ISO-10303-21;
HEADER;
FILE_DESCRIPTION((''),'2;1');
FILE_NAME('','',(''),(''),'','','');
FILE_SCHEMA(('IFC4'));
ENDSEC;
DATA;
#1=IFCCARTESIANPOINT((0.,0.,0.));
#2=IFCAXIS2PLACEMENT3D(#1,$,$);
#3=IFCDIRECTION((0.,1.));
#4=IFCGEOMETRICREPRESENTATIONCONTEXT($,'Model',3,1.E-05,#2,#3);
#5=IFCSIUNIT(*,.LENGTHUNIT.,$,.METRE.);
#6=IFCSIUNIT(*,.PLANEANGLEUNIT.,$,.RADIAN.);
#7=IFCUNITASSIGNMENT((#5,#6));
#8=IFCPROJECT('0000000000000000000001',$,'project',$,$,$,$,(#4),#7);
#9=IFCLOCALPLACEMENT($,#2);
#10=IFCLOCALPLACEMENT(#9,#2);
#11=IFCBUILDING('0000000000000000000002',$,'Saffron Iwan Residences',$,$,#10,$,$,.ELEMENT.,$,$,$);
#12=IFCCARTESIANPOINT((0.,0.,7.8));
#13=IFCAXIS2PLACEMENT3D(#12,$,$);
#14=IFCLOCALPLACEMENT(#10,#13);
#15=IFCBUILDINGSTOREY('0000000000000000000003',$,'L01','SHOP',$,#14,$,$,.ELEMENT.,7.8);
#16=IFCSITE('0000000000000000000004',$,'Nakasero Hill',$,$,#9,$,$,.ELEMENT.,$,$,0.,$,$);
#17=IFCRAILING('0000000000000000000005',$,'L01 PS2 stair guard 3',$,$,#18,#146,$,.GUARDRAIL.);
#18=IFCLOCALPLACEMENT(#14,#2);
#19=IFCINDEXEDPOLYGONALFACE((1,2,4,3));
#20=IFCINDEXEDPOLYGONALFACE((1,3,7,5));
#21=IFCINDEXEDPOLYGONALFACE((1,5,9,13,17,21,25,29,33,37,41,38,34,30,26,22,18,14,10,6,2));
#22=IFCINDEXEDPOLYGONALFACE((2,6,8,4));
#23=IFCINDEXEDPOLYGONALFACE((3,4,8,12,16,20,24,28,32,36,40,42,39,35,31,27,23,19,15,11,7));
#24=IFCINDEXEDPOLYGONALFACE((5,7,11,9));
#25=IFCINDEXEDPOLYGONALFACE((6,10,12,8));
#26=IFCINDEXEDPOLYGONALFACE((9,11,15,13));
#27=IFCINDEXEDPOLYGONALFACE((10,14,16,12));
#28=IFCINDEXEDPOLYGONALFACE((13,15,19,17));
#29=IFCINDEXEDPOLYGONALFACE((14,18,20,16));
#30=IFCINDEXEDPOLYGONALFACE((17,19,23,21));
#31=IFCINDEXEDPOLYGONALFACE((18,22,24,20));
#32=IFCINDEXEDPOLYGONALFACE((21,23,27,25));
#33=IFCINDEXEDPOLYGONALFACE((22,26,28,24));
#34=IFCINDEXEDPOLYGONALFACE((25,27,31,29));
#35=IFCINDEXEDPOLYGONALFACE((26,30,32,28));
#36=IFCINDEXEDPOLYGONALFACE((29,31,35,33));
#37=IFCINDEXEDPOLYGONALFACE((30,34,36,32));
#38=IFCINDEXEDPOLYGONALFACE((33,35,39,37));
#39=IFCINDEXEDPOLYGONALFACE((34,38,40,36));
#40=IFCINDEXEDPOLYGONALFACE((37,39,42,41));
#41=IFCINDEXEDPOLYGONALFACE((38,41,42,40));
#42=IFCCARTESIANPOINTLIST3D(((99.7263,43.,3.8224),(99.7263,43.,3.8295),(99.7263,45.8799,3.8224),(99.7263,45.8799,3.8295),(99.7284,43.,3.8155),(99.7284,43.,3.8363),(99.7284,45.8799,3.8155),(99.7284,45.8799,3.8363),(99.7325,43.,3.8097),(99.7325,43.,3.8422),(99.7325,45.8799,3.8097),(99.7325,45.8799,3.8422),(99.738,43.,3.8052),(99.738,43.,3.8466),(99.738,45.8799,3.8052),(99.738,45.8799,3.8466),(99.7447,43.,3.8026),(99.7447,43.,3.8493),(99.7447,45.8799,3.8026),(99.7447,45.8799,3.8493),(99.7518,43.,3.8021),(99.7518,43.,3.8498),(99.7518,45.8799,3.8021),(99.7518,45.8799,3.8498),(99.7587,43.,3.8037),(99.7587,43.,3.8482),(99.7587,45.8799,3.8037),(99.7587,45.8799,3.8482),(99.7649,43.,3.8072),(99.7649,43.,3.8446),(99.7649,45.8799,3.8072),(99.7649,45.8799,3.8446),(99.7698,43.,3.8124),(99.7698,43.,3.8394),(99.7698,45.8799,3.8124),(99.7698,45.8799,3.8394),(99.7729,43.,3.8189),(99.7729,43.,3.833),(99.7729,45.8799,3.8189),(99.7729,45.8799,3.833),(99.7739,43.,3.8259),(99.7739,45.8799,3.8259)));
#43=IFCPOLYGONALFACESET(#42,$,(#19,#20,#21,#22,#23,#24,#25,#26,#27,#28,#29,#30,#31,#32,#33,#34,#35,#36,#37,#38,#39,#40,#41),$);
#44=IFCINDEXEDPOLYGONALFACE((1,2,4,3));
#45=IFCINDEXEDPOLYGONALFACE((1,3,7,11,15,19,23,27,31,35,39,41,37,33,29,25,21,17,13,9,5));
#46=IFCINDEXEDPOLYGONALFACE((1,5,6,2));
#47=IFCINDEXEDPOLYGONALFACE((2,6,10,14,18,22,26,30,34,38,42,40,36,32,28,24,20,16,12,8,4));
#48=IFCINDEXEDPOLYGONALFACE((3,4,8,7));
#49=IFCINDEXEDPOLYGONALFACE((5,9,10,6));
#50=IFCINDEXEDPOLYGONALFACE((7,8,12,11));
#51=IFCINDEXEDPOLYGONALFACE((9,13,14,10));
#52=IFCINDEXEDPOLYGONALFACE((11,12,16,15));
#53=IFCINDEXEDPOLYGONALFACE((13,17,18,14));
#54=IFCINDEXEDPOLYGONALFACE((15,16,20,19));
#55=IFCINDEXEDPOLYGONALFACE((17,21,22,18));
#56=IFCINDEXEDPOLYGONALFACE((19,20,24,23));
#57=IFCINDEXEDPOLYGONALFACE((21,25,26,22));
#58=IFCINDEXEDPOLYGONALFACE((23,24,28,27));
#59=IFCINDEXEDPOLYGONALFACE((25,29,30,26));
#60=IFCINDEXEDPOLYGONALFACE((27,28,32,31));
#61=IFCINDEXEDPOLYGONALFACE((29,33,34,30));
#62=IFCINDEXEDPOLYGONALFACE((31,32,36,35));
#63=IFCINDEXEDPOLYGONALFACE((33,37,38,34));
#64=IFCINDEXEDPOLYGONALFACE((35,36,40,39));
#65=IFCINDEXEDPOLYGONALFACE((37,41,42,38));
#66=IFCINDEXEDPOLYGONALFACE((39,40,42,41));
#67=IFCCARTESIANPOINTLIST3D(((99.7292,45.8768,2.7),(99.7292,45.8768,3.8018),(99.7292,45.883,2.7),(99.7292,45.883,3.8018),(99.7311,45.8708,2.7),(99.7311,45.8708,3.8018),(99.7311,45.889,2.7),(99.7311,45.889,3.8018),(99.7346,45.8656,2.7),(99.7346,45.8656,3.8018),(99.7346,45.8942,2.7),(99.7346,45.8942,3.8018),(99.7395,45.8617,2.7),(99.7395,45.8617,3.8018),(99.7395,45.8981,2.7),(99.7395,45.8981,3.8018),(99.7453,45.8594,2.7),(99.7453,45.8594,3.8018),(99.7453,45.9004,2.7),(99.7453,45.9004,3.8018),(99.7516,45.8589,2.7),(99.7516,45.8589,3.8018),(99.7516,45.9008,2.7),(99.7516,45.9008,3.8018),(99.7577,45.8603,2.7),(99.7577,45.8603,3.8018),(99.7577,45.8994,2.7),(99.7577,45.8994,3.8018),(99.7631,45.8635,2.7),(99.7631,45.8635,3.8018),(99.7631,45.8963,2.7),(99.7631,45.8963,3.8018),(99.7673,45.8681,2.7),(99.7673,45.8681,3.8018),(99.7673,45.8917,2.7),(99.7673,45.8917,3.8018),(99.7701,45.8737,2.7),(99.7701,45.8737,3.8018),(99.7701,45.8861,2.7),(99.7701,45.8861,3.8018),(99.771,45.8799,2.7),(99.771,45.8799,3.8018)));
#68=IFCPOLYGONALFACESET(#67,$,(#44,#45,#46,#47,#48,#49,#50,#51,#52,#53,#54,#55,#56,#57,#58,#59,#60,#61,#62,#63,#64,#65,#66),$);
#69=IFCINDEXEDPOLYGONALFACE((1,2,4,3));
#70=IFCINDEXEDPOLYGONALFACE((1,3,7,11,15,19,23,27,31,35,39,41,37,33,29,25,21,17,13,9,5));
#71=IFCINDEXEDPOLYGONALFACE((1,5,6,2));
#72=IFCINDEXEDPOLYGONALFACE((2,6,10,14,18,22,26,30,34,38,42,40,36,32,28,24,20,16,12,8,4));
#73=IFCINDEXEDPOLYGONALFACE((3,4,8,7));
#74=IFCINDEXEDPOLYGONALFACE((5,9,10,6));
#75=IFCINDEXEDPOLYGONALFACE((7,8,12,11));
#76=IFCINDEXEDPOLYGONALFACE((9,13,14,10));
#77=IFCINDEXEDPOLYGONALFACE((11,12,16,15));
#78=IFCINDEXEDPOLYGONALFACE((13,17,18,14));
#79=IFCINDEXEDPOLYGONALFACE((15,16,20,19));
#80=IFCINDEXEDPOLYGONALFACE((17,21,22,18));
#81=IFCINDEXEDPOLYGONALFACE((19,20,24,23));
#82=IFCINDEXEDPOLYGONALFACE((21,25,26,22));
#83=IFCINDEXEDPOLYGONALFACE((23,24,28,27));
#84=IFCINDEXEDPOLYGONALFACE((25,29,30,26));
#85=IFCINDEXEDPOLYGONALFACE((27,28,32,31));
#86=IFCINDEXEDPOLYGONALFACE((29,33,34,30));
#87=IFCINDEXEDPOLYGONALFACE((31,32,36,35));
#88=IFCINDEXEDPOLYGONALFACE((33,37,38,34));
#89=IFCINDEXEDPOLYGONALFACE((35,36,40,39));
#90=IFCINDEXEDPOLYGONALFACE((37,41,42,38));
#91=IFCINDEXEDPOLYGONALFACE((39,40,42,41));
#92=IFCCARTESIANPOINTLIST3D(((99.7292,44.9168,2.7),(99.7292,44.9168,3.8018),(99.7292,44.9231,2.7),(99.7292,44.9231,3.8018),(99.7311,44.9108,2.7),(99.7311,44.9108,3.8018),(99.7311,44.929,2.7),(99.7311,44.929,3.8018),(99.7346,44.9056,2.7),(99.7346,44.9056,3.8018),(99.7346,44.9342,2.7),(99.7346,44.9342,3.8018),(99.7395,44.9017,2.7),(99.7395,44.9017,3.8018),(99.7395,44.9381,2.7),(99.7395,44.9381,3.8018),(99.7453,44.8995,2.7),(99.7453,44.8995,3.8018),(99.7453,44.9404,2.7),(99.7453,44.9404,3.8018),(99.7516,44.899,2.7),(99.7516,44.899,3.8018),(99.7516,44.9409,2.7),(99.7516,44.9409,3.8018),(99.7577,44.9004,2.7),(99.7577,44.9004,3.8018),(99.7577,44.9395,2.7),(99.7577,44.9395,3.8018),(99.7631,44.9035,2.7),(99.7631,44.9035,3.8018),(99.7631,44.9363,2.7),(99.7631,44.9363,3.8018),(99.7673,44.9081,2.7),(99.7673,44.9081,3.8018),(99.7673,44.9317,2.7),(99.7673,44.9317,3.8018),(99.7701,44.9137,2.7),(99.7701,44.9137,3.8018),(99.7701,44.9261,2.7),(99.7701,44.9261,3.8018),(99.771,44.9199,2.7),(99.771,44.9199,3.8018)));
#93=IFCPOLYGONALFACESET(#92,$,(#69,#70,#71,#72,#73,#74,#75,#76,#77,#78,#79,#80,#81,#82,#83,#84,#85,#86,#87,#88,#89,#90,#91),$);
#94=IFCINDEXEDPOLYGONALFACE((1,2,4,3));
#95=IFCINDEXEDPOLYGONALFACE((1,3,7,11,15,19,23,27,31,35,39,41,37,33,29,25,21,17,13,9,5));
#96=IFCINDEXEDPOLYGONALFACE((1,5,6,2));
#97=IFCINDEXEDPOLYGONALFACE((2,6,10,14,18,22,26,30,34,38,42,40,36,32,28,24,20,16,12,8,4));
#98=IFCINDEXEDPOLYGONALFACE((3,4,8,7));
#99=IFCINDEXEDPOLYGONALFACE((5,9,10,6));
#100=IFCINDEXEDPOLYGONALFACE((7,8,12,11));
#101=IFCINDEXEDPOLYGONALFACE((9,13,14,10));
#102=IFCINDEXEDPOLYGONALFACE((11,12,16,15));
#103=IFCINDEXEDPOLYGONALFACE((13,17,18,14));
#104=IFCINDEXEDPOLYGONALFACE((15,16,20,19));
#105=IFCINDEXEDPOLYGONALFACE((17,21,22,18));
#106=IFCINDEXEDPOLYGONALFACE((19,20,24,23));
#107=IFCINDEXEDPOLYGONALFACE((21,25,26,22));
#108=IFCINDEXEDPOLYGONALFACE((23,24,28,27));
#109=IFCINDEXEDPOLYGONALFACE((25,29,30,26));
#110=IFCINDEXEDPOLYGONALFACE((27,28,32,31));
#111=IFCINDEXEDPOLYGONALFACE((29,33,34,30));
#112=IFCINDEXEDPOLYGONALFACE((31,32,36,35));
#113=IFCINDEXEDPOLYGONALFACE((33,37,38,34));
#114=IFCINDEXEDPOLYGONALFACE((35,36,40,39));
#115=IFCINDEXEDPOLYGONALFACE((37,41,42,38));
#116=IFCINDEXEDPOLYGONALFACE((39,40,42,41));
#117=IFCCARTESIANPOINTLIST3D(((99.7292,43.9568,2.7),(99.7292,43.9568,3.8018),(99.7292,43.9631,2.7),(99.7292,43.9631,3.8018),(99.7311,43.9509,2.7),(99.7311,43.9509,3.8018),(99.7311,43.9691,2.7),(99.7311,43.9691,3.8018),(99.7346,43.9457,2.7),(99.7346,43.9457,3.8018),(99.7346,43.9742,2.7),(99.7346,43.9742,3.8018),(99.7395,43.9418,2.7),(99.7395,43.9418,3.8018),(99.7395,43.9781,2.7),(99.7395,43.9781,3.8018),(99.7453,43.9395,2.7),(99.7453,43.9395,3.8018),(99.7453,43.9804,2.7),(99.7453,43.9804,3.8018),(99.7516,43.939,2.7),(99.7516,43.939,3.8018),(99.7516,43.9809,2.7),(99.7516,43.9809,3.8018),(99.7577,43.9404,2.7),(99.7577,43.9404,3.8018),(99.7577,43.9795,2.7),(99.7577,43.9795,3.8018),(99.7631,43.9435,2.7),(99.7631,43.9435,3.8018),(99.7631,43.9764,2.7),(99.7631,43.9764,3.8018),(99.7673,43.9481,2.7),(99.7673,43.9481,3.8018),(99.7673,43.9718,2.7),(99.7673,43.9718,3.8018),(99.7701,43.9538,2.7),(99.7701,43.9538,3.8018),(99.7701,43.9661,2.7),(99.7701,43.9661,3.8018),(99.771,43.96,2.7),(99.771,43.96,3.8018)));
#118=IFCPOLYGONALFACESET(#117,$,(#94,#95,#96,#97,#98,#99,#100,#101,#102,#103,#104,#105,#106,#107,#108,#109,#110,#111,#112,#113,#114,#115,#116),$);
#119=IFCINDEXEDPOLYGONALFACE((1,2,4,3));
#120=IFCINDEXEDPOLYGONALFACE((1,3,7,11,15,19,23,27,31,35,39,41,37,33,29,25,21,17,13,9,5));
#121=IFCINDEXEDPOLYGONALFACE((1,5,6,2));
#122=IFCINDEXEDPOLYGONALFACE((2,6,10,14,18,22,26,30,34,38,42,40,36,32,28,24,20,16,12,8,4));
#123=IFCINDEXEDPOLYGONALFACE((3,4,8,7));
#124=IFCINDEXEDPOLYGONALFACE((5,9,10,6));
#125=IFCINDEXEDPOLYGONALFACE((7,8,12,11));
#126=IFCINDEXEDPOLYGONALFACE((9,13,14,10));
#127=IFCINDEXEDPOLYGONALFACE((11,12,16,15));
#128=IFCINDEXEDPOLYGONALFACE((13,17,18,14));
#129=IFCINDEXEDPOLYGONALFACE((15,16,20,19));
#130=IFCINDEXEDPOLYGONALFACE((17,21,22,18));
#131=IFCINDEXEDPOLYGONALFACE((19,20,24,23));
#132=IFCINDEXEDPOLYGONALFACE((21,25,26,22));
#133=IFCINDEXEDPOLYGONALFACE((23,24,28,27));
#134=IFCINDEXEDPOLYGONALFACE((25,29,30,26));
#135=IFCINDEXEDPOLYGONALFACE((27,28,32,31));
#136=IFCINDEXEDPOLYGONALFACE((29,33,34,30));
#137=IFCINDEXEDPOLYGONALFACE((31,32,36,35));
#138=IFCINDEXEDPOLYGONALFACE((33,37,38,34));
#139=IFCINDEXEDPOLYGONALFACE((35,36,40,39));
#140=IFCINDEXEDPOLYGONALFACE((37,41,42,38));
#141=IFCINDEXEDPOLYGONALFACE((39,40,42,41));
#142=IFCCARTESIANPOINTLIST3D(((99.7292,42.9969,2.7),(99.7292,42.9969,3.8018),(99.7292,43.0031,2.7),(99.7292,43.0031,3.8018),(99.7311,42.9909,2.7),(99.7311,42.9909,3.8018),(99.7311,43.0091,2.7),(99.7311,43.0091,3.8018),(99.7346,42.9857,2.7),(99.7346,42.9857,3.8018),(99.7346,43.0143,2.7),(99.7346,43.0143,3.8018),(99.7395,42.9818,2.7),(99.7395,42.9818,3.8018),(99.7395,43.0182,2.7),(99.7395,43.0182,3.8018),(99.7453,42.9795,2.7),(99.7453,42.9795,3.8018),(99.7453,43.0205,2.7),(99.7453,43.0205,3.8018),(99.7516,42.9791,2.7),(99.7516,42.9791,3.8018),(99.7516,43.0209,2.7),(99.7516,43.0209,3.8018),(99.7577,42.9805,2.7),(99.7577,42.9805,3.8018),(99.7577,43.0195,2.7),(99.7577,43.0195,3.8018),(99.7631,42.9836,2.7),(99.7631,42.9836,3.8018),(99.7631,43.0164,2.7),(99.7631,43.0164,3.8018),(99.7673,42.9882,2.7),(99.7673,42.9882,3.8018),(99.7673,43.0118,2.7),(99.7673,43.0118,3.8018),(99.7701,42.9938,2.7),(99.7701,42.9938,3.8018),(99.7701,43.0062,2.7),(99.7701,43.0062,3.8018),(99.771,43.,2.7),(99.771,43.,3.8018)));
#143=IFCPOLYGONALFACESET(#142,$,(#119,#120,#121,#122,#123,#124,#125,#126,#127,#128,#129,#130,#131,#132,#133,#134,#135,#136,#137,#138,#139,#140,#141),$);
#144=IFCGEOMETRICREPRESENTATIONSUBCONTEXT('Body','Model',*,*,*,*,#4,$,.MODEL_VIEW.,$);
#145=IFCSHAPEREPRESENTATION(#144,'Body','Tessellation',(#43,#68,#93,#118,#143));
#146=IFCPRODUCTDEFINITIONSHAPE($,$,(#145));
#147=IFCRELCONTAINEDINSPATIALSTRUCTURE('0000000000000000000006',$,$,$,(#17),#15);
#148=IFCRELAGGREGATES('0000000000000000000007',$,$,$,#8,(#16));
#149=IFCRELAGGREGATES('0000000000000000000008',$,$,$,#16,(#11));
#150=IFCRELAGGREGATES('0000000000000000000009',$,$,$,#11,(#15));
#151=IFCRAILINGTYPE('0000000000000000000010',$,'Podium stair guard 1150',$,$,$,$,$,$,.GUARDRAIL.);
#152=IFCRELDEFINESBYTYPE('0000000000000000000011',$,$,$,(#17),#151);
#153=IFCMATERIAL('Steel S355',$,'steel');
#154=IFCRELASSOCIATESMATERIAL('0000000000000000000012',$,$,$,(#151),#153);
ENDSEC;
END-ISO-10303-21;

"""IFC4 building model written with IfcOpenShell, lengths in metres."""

from ifc_helpers import new_model, si_unit, direction, frame, origin, origin_2d, place, context, subcontext, project, spatial, circle, extrude, material, type_object, element, save


model = new_model("IFC4")

# Units and contexts
model_context = context("Model", 3, precision=1e-05, world=origin(), true_north=direction((0.0, 1.0)))
body_context = subcontext(model_context, "Body", "Model", "MODEL_VIEW")
ifc_project = project(units=[si_unit("LENGTHUNIT", "METRE"), si_unit("PLANEANGLEUNIT", "RADIAN")], contexts=[model_context])

# Site, building, storey
site_placement = place(None, origin())
site = spatial("IfcSite", under=ifc_project, at=site_placement, Name="Nakasero Hill", CompositionType="ELEMENT", RefElevation=0.0)
building_placement = place(site_placement, origin())
building = spatial("IfcBuilding", under=site, at=building_placement, Name="Saffron Iwan Residences", CompositionType="ELEMENT")
storey_placement = place(building_placement, frame((0.0, 0.0, 7.8)))
storey = spatial("IfcBuildingStorey", under=building, at=storey_placement, Name="L01", Description="SHOP", CompositionType="ELEMENT", Elevation=7.8)

# Railing
ifc_material_1 = material(Name="Steel S355", Category="steel")
railing_type_1 = type_object("IfcRailingType", Name="Podium stair guard 1150", PredefinedType="GUARDRAIL", material=ifc_material_1)
railing_1_placement = place(storey_placement, frame((99.75, 45.8799, 2.7)))
element("IfcRailing", 1, at=railing_1_placement, inside=storey, type_object=railing_type_1, Name="L01 PS2 stair guard 3", PredefinedType="GUARDRAIL", context=body_context, shape_type="SweptSolid", body=[
    extrude(circle(Radius=0.0239, at=origin_2d()), frame((0.0, 0.0, 1.126), z_axis=(0.0, -1.0, 0.0), x_axis=(1.0, 0.0, 0.0)), (0.0, 0.0, 1.0), 2.8799),
    extrude(circle(Radius=0.021, at=origin_2d()), origin(), (0.0, 0.0, 1.0), 1.1018),
    extrude(circle(Radius=0.021, at=origin_2d()), frame((0.0, -0.96, 0.0)), (0.0, 0.0, 1.0), 1.1018),
    extrude(circle(Radius=0.021, at=origin_2d()), frame((0.0, -1.9199, 0.0)), (0.0, 0.0, 1.0), 1.1018),
    extrude(circle(Radius=0.021, at=origin_2d()), frame((0.0, -2.8799, 0.0)), (0.0, 0.0, 1.0), 1.1018),
])

save(model, "model.ifc")
